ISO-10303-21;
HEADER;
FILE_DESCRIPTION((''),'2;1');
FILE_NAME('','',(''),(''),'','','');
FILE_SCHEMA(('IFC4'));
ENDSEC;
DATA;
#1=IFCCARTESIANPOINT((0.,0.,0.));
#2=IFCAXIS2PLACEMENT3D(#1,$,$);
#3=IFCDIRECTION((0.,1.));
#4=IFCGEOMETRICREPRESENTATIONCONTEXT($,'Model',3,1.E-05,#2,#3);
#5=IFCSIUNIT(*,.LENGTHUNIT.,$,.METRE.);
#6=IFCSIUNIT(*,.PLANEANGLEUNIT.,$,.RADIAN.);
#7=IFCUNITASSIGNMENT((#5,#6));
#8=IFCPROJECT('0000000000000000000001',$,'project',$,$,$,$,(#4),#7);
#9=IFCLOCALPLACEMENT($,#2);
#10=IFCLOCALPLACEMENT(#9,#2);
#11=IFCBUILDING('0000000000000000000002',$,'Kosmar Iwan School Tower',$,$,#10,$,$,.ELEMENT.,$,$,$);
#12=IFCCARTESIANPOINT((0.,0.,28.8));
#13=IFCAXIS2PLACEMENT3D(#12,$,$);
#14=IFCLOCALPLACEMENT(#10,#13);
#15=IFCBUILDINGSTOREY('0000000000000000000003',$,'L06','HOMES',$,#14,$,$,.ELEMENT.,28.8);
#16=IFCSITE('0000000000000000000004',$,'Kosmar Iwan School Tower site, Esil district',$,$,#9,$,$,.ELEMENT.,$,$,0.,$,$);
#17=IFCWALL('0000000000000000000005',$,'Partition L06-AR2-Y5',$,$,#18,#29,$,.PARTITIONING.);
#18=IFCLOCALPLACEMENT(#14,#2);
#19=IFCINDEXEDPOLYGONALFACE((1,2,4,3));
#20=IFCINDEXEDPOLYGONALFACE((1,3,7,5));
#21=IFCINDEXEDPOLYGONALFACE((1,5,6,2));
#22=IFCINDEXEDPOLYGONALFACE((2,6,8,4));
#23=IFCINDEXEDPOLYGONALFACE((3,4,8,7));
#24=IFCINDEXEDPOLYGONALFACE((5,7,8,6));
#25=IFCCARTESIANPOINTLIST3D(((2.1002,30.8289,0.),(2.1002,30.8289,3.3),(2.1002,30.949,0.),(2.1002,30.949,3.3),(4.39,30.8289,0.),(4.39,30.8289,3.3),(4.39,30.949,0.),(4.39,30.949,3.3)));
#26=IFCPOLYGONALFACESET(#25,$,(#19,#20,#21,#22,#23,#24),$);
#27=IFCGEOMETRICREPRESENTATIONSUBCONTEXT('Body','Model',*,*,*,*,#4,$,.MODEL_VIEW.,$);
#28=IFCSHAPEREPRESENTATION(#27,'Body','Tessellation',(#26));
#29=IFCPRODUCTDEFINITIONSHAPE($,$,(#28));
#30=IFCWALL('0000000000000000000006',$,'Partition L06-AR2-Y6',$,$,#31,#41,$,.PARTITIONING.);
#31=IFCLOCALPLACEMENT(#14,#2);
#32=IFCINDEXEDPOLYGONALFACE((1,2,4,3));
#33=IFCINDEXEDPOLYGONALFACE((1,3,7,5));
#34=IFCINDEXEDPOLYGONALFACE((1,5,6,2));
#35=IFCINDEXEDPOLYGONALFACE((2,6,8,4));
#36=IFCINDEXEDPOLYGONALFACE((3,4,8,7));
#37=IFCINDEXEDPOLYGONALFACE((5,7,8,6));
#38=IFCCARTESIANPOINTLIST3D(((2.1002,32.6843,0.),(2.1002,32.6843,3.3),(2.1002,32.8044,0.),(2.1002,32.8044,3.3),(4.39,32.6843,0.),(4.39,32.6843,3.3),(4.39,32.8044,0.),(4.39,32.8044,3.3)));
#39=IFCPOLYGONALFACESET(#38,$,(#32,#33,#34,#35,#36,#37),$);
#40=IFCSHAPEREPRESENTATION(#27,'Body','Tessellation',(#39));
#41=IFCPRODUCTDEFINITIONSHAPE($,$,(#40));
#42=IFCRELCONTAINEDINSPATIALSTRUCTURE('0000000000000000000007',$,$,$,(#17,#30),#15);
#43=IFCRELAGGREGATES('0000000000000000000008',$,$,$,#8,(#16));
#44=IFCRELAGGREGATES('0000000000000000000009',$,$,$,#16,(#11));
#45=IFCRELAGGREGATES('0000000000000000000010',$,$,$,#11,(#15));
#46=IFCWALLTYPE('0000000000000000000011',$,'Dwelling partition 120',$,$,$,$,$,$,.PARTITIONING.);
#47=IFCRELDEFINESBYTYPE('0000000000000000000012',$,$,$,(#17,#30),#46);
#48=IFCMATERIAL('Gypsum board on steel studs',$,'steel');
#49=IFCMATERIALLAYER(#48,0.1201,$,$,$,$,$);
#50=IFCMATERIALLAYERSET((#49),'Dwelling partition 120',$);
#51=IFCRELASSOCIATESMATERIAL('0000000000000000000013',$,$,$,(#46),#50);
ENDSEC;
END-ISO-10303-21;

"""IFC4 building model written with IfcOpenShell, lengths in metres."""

from ifc_helpers import new_model, si_unit, direction, frame, frame_2d, origin, place, context, subcontext, project, spatial, rectangle, extrude, material, layer, layer_set, type_object, element, save


model = new_model("IFC4")

# Units and contexts
model_context = context("Model", 3, precision=1e-05, world=origin(), true_north=direction((0.0, 1.0)))
body_context = subcontext(model_context, "Body", "Model", "MODEL_VIEW")
ifc_project = project(units=[si_unit("LENGTHUNIT", "METRE"), si_unit("PLANEANGLEUNIT", "RADIAN")], contexts=[model_context])

# Site, building, storey
site_placement = place(None, origin())
site = spatial("IfcSite", under=ifc_project, at=site_placement, Name="Kosmar Iwan School Tower site, Esil district", CompositionType="ELEMENT", RefElevation=0.0)
building_placement = place(site_placement, origin())
building = spatial("IfcBuilding", under=site, at=building_placement, Name="Kosmar Iwan School Tower", CompositionType="ELEMENT")
storey_placement = place(building_placement, frame((0.0, 0.0, 28.8)))
storey = spatial("IfcBuildingStorey", under=building, at=storey_placement, Name="L06", Description="HOMES", CompositionType="ELEMENT", Elevation=28.8)

# Walls
ifc_material_1 = material(Name="Gypsum board on steel studs", Category="steel")
ifc_layer_1 = layer(ifc_material_1, 0.1201)
ifc_layer_set_1 = layer_set([ifc_layer_1], Name="Dwelling partition 120")
wall_type_1 = type_object("IfcWallType", Name="Dwelling partition 120", PredefinedType="PARTITIONING", material=ifc_layer_set_1)
for number, where, z_axis, x_axis, name in (
    (1, (2.1001, 30.8889, 0.0), (0.0, 0.0, 1.0), (1.0, 0.0, 0.0), "Partition L06-AR2-Y5"),
    (2, (2.1001, 32.7444, 0.0), (0.0, 0.0, 1.0), (1.0, 0.0, 0.0), "Partition L06-AR2-Y6"),
):
    element("IfcWall", number, at=place(storey_placement, frame(where, z_axis=z_axis, x_axis=x_axis)), inside=storey, type_object=wall_type_1, Name=name, PredefinedType="PARTITIONING", context=body_context, shape_type="SweptSolid", body=[
        extrude(rectangle(XDim=2.2898, YDim=0.1201, at=frame_2d((1.145, 0.0))), origin(), (0.0, 0.0, 1.0), 3.3),
    ])

save(model, "model.ifc")
